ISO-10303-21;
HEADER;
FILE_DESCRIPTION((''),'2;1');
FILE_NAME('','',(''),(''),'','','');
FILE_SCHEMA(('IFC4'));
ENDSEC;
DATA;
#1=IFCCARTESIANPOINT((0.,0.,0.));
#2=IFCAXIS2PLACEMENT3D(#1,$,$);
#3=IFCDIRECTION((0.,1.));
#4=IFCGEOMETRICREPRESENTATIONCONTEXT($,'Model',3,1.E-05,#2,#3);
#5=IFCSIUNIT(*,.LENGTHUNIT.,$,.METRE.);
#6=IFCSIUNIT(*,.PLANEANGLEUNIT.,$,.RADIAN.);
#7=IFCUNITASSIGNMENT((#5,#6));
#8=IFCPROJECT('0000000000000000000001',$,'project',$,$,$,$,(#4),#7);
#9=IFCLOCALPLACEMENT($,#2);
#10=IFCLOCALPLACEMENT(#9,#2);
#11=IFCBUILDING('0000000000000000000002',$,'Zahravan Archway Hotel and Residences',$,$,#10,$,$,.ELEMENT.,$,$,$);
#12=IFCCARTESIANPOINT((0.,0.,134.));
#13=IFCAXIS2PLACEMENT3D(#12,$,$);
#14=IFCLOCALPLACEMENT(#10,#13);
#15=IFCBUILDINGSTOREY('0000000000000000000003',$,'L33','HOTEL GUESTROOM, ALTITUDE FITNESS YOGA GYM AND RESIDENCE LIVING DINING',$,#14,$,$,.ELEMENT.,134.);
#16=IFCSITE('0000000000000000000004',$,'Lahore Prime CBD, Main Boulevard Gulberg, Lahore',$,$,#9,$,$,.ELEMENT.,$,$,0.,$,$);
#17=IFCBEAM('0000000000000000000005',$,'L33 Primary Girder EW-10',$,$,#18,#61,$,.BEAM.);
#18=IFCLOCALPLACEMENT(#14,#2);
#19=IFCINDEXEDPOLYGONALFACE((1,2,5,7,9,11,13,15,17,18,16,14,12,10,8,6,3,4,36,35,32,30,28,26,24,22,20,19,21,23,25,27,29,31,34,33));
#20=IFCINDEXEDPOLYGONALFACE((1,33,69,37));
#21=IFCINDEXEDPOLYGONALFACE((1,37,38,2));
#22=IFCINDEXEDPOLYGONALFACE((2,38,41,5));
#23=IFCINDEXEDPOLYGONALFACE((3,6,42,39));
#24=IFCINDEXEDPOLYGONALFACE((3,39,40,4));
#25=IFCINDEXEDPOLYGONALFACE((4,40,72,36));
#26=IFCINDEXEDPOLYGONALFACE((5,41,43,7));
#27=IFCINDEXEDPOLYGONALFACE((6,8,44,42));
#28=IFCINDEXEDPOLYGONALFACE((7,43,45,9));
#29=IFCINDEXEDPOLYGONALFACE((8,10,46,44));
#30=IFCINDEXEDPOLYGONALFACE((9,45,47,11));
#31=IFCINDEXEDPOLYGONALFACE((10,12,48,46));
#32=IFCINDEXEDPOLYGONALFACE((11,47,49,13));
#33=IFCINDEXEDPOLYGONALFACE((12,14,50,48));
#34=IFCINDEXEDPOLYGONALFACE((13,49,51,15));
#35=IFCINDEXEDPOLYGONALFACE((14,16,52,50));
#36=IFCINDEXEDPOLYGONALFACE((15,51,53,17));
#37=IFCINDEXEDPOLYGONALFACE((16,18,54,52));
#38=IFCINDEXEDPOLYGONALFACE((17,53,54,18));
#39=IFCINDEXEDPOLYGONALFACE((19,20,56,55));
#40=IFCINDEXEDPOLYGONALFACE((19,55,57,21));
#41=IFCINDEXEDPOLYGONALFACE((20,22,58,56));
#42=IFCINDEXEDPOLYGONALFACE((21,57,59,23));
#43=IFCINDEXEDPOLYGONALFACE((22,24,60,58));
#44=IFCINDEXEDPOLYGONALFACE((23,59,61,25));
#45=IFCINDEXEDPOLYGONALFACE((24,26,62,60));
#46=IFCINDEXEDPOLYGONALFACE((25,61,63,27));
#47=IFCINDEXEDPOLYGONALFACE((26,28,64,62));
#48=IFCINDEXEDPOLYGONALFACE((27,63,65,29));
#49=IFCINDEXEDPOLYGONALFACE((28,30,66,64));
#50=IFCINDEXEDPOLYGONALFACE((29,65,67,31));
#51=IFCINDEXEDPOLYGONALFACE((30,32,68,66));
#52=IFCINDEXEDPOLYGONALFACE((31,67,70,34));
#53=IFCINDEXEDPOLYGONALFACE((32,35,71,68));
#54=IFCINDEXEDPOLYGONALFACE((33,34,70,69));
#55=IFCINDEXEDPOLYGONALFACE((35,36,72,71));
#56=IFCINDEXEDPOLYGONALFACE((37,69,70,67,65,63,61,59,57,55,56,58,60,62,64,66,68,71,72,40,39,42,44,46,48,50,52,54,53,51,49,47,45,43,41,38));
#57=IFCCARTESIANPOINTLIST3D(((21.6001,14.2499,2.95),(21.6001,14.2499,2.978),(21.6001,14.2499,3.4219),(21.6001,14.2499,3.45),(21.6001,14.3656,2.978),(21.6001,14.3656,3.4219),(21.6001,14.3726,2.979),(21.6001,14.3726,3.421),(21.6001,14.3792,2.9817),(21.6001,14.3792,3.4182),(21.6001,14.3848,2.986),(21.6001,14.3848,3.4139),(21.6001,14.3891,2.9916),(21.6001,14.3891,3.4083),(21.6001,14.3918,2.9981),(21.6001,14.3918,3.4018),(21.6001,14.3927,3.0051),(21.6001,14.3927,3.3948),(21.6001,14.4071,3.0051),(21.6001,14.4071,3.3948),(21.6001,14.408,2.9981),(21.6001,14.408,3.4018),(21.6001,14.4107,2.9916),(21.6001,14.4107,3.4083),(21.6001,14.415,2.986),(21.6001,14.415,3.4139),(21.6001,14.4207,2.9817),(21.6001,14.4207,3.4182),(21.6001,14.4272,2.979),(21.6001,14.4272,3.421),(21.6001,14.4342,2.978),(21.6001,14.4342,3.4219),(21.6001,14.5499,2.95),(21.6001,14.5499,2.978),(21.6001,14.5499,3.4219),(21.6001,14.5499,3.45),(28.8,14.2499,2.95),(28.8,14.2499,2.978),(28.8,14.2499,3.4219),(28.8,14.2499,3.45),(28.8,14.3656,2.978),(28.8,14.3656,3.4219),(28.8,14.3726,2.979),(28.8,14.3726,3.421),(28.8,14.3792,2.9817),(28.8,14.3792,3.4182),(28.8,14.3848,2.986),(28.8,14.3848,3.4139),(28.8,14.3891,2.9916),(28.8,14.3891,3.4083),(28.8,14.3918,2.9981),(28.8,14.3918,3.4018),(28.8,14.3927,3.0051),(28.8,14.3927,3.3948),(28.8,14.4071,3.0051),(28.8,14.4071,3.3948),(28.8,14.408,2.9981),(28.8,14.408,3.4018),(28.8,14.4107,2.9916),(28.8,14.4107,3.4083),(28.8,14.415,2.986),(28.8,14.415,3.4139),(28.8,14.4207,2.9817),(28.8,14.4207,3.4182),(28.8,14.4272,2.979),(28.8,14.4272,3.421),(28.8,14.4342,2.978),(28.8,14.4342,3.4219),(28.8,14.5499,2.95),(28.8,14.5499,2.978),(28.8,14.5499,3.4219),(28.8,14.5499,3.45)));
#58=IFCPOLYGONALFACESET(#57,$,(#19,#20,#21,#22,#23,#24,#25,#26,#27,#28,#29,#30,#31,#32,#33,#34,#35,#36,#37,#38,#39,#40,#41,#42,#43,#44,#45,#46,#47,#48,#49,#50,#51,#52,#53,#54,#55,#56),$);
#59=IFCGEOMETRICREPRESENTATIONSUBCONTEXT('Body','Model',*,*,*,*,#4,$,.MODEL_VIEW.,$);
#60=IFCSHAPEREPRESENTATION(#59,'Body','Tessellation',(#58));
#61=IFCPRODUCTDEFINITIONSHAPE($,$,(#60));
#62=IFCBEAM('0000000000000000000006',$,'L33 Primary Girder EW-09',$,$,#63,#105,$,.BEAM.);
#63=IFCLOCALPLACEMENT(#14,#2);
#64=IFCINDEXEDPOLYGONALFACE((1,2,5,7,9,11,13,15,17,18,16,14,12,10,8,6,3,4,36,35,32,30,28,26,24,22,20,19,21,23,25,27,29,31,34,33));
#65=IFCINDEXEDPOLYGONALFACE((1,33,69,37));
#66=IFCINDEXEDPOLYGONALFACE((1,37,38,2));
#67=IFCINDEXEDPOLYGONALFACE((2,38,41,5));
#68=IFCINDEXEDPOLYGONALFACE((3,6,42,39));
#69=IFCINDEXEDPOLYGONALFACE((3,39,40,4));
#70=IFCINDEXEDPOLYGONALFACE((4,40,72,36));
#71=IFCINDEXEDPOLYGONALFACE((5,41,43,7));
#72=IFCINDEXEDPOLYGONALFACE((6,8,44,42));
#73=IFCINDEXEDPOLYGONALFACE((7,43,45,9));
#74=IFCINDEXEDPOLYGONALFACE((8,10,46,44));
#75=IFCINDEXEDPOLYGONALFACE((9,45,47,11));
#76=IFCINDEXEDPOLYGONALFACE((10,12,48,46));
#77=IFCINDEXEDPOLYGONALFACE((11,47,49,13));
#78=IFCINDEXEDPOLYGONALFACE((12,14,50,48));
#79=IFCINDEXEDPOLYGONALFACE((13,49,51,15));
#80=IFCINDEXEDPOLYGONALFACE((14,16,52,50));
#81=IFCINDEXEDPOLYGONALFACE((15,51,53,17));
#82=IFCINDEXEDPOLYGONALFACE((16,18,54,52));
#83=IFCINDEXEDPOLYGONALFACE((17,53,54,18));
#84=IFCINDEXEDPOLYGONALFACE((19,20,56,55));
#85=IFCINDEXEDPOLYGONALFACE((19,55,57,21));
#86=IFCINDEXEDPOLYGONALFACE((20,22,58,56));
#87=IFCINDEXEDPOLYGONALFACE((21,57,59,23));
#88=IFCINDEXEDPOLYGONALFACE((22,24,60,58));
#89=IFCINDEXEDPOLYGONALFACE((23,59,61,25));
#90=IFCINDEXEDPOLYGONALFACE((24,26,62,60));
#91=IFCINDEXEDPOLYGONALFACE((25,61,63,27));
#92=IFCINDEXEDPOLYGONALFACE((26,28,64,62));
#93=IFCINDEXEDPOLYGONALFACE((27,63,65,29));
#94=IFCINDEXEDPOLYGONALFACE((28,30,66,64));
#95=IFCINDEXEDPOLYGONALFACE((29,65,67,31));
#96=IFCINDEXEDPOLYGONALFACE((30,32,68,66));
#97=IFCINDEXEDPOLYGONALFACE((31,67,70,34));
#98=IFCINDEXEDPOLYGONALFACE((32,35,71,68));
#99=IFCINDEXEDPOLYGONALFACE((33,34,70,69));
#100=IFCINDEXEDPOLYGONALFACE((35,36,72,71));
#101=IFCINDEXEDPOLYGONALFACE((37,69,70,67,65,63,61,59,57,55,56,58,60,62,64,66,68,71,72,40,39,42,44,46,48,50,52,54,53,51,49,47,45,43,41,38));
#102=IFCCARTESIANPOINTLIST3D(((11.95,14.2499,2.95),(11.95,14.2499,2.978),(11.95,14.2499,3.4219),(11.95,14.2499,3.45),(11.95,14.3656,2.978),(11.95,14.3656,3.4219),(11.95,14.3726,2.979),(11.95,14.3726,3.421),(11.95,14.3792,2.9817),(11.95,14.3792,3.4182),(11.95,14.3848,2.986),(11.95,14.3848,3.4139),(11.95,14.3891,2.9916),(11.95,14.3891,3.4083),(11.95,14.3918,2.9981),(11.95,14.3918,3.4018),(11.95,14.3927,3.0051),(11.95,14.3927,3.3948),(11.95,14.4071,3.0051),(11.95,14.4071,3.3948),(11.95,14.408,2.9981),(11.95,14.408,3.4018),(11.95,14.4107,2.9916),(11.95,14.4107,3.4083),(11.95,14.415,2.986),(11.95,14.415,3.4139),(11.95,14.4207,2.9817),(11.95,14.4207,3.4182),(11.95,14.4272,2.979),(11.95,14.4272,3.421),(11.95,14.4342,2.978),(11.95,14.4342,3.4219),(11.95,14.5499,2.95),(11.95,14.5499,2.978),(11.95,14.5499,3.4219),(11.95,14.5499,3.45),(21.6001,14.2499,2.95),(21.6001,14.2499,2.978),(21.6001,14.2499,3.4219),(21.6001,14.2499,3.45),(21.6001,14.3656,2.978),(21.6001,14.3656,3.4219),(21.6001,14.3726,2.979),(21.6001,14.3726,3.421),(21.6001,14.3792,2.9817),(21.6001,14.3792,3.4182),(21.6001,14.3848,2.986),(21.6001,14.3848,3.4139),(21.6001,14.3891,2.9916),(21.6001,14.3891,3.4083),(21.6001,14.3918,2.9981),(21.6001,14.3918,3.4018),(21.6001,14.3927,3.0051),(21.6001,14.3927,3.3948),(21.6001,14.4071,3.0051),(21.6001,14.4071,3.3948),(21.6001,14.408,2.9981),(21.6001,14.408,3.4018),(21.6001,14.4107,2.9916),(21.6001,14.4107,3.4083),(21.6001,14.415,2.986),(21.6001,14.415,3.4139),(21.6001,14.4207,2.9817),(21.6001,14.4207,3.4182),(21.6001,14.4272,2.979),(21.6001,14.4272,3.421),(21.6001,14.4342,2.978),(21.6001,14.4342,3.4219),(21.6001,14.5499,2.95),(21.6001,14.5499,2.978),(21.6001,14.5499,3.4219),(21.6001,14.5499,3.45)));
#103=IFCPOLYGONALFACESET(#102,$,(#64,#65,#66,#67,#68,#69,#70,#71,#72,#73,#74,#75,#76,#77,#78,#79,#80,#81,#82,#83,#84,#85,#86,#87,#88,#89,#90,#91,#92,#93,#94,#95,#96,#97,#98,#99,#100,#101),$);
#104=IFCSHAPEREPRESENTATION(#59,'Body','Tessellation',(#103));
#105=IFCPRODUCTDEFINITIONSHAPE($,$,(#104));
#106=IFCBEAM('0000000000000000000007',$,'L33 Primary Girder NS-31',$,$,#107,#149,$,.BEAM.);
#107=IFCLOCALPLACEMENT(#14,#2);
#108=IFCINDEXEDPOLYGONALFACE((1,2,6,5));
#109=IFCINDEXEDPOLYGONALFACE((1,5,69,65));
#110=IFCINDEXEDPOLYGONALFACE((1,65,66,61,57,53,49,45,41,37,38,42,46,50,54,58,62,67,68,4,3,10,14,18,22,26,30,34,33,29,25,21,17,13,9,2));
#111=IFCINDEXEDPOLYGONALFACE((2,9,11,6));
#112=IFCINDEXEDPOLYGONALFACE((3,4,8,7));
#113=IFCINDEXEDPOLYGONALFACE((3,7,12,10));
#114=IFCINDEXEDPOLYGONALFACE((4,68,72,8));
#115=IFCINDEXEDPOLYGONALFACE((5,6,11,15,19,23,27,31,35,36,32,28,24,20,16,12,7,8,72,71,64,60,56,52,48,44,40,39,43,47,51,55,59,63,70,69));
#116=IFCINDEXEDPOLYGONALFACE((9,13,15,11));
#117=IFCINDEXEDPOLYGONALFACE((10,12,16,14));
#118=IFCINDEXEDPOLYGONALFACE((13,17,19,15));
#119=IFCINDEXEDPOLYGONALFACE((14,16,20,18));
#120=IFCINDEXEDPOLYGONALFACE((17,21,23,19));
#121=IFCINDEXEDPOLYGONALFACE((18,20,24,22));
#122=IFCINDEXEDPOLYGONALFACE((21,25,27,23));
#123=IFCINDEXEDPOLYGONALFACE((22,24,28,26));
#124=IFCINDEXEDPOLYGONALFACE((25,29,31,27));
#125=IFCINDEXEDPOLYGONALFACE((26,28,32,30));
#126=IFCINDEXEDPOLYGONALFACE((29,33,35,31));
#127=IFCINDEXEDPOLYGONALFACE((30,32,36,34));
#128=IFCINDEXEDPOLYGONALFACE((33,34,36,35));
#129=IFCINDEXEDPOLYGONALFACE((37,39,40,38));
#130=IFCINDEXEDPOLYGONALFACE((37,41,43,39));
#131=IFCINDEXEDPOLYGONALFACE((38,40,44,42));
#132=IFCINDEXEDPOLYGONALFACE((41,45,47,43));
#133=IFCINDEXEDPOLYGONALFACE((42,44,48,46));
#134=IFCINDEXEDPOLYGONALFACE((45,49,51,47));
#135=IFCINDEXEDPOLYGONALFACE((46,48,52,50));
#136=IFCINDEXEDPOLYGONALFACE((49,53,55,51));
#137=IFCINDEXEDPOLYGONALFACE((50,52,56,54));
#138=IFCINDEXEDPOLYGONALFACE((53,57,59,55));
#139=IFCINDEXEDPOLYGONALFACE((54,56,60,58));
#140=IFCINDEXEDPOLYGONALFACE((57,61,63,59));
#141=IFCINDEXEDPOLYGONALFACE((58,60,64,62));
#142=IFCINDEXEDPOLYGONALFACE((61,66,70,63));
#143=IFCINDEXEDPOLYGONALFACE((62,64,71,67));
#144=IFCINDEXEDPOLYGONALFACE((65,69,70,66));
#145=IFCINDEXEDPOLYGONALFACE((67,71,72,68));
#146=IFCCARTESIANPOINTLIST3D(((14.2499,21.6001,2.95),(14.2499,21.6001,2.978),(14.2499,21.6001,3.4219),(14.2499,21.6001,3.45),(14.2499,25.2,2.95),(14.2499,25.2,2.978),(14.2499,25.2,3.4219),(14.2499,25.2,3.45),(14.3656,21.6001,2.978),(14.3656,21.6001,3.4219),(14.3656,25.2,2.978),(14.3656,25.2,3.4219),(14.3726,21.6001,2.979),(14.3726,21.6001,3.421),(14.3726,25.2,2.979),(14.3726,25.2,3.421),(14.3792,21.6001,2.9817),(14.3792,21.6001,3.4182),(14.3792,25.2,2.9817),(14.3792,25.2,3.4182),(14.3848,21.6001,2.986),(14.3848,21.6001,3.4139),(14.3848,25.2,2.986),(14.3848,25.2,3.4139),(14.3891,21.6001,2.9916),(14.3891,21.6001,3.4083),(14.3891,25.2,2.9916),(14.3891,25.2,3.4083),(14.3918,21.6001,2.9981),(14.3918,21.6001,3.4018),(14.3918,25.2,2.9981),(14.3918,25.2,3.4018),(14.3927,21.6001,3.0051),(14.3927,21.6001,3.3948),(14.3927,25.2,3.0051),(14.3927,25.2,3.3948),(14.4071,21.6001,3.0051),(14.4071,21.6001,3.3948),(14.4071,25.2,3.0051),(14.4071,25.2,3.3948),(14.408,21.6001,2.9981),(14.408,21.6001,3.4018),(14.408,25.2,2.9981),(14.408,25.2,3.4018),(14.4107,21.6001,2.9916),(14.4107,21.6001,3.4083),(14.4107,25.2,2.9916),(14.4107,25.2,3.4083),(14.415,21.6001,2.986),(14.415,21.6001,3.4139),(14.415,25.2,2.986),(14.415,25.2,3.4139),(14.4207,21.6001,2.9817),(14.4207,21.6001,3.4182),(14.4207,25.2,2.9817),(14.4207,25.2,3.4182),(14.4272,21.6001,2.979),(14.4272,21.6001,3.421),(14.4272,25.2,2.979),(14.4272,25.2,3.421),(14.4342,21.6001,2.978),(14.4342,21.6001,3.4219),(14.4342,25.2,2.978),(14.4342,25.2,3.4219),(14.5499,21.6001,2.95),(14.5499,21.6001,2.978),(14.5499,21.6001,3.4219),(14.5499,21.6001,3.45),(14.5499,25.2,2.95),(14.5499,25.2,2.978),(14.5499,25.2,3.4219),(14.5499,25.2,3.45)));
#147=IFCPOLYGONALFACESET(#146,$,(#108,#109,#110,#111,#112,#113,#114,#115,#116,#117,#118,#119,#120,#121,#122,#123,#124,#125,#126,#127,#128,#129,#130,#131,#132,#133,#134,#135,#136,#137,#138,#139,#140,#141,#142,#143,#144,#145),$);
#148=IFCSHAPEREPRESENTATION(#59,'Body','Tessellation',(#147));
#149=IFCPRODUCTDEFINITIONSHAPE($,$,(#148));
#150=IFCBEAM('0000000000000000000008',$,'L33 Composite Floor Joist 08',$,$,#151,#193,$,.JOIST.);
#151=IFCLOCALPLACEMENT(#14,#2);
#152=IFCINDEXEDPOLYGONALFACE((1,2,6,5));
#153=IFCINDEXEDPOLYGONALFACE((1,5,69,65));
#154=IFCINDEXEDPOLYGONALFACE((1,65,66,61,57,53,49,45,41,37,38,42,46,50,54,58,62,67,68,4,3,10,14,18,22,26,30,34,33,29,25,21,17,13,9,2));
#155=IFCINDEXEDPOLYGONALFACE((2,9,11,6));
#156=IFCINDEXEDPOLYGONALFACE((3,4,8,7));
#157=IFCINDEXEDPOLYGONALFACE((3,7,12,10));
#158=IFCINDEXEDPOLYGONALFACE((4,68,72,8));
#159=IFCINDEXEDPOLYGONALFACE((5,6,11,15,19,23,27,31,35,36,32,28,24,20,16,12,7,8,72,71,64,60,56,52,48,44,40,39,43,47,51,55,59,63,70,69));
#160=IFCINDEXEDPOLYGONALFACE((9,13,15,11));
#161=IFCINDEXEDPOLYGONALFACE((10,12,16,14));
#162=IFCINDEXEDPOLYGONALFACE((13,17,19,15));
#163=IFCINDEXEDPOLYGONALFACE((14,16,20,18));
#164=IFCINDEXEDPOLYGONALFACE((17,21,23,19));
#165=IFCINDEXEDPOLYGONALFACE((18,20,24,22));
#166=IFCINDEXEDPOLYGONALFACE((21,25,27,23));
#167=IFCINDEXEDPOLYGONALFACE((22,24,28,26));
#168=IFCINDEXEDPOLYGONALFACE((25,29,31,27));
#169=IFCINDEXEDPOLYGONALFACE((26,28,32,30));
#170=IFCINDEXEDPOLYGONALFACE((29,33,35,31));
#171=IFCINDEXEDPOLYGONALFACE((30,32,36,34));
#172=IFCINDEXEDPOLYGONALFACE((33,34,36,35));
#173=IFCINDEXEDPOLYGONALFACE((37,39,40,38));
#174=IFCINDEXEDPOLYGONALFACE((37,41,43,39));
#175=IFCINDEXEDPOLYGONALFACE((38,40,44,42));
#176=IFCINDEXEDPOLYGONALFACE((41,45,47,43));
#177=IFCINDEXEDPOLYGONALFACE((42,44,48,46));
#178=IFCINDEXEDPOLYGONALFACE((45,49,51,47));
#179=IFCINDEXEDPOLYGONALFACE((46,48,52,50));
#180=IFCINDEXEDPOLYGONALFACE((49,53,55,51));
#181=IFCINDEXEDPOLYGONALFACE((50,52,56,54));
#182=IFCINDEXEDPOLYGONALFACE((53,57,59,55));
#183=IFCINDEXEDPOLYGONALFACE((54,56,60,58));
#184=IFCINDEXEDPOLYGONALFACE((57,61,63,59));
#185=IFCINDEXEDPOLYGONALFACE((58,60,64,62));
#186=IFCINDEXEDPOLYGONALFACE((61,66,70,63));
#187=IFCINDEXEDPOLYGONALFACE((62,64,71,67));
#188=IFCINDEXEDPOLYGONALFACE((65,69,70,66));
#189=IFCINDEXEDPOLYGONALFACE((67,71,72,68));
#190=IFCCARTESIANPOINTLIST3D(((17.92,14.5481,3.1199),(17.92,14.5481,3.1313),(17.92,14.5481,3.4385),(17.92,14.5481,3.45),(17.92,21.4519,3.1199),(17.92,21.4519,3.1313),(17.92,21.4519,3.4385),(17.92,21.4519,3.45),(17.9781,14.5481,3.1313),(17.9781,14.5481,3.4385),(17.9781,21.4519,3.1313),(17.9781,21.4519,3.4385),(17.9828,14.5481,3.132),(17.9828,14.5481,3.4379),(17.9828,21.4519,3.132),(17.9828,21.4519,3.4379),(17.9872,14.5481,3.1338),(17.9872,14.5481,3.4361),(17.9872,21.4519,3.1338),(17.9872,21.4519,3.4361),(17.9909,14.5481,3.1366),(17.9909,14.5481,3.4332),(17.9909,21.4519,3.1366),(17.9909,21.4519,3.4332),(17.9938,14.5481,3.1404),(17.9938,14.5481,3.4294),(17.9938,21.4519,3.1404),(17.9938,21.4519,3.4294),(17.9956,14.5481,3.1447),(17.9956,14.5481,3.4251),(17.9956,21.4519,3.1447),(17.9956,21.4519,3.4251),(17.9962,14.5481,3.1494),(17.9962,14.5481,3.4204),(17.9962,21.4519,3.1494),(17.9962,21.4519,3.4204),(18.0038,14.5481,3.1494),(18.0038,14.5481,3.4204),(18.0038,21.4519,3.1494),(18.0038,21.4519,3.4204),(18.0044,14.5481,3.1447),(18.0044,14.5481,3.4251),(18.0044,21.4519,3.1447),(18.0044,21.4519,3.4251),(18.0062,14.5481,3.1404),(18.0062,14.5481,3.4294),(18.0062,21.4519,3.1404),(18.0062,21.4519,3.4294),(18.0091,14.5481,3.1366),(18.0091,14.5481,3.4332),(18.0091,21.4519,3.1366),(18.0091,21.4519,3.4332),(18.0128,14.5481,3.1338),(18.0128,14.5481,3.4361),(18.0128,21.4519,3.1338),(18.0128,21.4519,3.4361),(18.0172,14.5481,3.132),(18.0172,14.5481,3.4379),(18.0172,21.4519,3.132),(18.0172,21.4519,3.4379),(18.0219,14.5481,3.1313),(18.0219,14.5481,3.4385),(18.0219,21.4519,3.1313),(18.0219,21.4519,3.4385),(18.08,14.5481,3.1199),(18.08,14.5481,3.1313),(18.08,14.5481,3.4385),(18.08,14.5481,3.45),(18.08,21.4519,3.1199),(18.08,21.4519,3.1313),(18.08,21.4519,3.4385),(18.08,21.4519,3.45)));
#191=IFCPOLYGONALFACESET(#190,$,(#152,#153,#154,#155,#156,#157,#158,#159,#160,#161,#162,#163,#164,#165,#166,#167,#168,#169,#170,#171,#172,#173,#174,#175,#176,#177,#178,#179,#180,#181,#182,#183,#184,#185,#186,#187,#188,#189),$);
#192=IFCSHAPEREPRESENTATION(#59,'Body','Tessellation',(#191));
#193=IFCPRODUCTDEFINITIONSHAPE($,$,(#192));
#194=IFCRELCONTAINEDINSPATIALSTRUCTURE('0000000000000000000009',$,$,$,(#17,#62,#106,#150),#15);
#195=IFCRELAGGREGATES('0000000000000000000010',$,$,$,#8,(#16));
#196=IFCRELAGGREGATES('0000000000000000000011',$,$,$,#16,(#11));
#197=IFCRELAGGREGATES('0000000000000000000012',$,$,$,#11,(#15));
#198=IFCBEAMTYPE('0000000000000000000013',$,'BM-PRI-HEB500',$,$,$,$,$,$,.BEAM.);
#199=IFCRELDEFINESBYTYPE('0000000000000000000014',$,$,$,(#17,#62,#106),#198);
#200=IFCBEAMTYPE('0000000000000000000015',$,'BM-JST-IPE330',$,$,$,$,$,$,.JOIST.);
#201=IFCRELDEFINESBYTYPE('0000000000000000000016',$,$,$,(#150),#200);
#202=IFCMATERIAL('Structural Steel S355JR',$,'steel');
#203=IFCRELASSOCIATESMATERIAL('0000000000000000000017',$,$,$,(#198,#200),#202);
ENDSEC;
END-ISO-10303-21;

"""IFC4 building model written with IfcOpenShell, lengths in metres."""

from ifc_helpers import new_model, si_unit, direction, frame, origin, origin_2d, place, context, subcontext, project, spatial, i_section, extrude, source, transform, mapped, material, material_profile, profile_set, type_object, element, save


model = new_model("IFC4")

# Units and contexts
model_context = context("Model", 3, precision=1e-05, world=origin(), true_north=direction((0.0, 1.0)))
body_context = subcontext(model_context, "Body", "Model", "MODEL_VIEW")
ifc_project = project(units=[si_unit("LENGTHUNIT", "METRE"), si_unit("PLANEANGLEUNIT", "RADIAN")], contexts=[model_context])

# Site, building, storey
site_placement = place(None, origin())
site = spatial("IfcSite", under=ifc_project, at=site_placement, Name="Lahore Prime CBD, Main Boulevard Gulberg, Lahore", CompositionType="ELEMENT", RefElevation=0.0)
building_placement = place(site_placement, origin())
building = spatial("IfcBuilding", under=site, at=building_placement, Name="Zahravan Archway Hotel and Residences", CompositionType="ELEMENT")
storey_placement = place(building_placement, frame((0.0, 0.0, 134.0)))
storey = spatial("IfcBuildingStorey", under=building, at=storey_placement, Name="L33", Description="HOTEL GUESTROOM, ALTITUDE FITNESS YOGA GYM AND RESIDENCE LIVING DINING", CompositionType="ELEMENT", Elevation=134.0)

# Beams
ifc_material_1 = material(Name="Structural Steel S355JR", Category="steel")
ifc_material_profile_1 = material_profile(ifc_material_1, i_section(OverallWidth=0.3, OverallDepth=0.5, WebThickness=0.0144, FlangeThickness=0.0281, FilletRadius=0.0271, at=origin_2d()), Name="HEB 500", Category="steel")
ifc_profile_set_1 = profile_set([ifc_material_profile_1], Name="Structural Steel S355JR")
beam_type_1 = type_object("IfcBeamType", Name="BM-PRI-HEB500", PredefinedType="BEAM", material=ifc_profile_set_1)
shared_shape_1 = source(origin(), body_context, "Body", "SweptSolid", [
    extrude(i_section(OverallWidth=0.3, OverallDepth=0.5, WebThickness=0.0144, FlangeThickness=0.0281, FilletRadius=0.0271, at=origin_2d()), origin(), (0.0, 0.0, 1.0), 7.2),
])
beam_1_placement = place(storey_placement, frame((21.6001, 14.3999, 3.2), z_axis=(1.0, 0.0, 0.0), x_axis=(0.0, 1.0, 0.0)))
element("IfcBeam", 1, at=beam_1_placement, inside=storey, type_object=beam_type_1, Name="L33 Primary Girder EW-10", PredefinedType="BEAM", context=body_context, shape_type="MappedRepresentation", body=[
    mapped(shared_shape_1, transform((0.0, 0.0, 0.0), scale=1.0)),
])
shared_shape_2 = source(origin(), body_context, "Body", "SweptSolid", [
    extrude(i_section(OverallWidth=0.3, OverallDepth=0.5, WebThickness=0.0144, FlangeThickness=0.0281, FilletRadius=0.0271, at=origin_2d()), origin(), (0.0, 0.0, 1.0), 9.6501),
])
beam_2_placement = place(storey_placement, frame((11.95, 14.3999, 3.2), z_axis=(1.0, 0.0, 0.0), x_axis=(0.0, 1.0, 0.0)))
element("IfcBeam", 2, at=beam_2_placement, inside=storey, type_object=beam_type_1, Name="L33 Primary Girder EW-09", PredefinedType="BEAM", context=body_context, shape_type="MappedRepresentation", body=[
    mapped(shared_shape_2, transform((0.0, 0.0, 0.0), scale=1.0)),
])
shared_shape_3 = source(origin(), body_context, "Body", "SweptSolid", [
    extrude(i_section(OverallWidth=0.3, OverallDepth=0.5, WebThickness=0.0144, FlangeThickness=0.0281, FilletRadius=0.0271, at=origin_2d()), origin(), (0.0, 0.0, 1.0), 3.5999),
])
beam_3_placement = place(storey_placement, frame((14.3999, 21.6001, 3.2), z_axis=(0.0, 1.0, 0.0), x_axis=(-1.0, 0.0, 0.0)))
element("IfcBeam", 3, at=beam_3_placement, inside=storey, type_object=beam_type_1, Name="L33 Primary Girder NS-31", PredefinedType="BEAM", context=body_context, shape_type="MappedRepresentation", body=[
    mapped(shared_shape_3, transform((0.0, 0.0, 0.0), scale=1.0)),
])
ifc_material_profile_2 = material_profile(ifc_material_1, i_section(OverallWidth=0.1599, OverallDepth=0.3301, WebThickness=0.0076, FlangeThickness=0.0115, FilletRadius=0.0181, at=origin_2d()), Name="IPE 330", Category="steel")
ifc_profile_set_2 = profile_set([ifc_material_profile_2], Name="Structural Steel S355JR")
beam_type_2 = type_object("IfcBeamType", Name="BM-JST-IPE330", PredefinedType="JOIST", material=ifc_profile_set_2)
shared_shape_4 = source(origin(), body_context, "Body", "SweptSolid", [
    extrude(i_section(OverallWidth=0.1599, OverallDepth=0.3301, WebThickness=0.0076, FlangeThickness=0.0115, FilletRadius=0.0181, at=origin_2d()), origin(), (0.0, 0.0, 1.0), 6.9038),
])
beam_4_placement = place(storey_placement, frame((18.0, 14.5481, 3.2849), z_axis=(0.0, 1.0, 0.0), x_axis=(-1.0, 0.0, 0.0)))
element("IfcBeam", 4, at=beam_4_placement, inside=storey, type_object=beam_type_2, Name="L33 Composite Floor Joist 08", PredefinedType="JOIST", context=body_context, shape_type="MappedRepresentation", body=[
    mapped(shared_shape_4, transform((0.0, 0.0, 0.0), scale=1.0)),
])

save(model, "model.ifc")
